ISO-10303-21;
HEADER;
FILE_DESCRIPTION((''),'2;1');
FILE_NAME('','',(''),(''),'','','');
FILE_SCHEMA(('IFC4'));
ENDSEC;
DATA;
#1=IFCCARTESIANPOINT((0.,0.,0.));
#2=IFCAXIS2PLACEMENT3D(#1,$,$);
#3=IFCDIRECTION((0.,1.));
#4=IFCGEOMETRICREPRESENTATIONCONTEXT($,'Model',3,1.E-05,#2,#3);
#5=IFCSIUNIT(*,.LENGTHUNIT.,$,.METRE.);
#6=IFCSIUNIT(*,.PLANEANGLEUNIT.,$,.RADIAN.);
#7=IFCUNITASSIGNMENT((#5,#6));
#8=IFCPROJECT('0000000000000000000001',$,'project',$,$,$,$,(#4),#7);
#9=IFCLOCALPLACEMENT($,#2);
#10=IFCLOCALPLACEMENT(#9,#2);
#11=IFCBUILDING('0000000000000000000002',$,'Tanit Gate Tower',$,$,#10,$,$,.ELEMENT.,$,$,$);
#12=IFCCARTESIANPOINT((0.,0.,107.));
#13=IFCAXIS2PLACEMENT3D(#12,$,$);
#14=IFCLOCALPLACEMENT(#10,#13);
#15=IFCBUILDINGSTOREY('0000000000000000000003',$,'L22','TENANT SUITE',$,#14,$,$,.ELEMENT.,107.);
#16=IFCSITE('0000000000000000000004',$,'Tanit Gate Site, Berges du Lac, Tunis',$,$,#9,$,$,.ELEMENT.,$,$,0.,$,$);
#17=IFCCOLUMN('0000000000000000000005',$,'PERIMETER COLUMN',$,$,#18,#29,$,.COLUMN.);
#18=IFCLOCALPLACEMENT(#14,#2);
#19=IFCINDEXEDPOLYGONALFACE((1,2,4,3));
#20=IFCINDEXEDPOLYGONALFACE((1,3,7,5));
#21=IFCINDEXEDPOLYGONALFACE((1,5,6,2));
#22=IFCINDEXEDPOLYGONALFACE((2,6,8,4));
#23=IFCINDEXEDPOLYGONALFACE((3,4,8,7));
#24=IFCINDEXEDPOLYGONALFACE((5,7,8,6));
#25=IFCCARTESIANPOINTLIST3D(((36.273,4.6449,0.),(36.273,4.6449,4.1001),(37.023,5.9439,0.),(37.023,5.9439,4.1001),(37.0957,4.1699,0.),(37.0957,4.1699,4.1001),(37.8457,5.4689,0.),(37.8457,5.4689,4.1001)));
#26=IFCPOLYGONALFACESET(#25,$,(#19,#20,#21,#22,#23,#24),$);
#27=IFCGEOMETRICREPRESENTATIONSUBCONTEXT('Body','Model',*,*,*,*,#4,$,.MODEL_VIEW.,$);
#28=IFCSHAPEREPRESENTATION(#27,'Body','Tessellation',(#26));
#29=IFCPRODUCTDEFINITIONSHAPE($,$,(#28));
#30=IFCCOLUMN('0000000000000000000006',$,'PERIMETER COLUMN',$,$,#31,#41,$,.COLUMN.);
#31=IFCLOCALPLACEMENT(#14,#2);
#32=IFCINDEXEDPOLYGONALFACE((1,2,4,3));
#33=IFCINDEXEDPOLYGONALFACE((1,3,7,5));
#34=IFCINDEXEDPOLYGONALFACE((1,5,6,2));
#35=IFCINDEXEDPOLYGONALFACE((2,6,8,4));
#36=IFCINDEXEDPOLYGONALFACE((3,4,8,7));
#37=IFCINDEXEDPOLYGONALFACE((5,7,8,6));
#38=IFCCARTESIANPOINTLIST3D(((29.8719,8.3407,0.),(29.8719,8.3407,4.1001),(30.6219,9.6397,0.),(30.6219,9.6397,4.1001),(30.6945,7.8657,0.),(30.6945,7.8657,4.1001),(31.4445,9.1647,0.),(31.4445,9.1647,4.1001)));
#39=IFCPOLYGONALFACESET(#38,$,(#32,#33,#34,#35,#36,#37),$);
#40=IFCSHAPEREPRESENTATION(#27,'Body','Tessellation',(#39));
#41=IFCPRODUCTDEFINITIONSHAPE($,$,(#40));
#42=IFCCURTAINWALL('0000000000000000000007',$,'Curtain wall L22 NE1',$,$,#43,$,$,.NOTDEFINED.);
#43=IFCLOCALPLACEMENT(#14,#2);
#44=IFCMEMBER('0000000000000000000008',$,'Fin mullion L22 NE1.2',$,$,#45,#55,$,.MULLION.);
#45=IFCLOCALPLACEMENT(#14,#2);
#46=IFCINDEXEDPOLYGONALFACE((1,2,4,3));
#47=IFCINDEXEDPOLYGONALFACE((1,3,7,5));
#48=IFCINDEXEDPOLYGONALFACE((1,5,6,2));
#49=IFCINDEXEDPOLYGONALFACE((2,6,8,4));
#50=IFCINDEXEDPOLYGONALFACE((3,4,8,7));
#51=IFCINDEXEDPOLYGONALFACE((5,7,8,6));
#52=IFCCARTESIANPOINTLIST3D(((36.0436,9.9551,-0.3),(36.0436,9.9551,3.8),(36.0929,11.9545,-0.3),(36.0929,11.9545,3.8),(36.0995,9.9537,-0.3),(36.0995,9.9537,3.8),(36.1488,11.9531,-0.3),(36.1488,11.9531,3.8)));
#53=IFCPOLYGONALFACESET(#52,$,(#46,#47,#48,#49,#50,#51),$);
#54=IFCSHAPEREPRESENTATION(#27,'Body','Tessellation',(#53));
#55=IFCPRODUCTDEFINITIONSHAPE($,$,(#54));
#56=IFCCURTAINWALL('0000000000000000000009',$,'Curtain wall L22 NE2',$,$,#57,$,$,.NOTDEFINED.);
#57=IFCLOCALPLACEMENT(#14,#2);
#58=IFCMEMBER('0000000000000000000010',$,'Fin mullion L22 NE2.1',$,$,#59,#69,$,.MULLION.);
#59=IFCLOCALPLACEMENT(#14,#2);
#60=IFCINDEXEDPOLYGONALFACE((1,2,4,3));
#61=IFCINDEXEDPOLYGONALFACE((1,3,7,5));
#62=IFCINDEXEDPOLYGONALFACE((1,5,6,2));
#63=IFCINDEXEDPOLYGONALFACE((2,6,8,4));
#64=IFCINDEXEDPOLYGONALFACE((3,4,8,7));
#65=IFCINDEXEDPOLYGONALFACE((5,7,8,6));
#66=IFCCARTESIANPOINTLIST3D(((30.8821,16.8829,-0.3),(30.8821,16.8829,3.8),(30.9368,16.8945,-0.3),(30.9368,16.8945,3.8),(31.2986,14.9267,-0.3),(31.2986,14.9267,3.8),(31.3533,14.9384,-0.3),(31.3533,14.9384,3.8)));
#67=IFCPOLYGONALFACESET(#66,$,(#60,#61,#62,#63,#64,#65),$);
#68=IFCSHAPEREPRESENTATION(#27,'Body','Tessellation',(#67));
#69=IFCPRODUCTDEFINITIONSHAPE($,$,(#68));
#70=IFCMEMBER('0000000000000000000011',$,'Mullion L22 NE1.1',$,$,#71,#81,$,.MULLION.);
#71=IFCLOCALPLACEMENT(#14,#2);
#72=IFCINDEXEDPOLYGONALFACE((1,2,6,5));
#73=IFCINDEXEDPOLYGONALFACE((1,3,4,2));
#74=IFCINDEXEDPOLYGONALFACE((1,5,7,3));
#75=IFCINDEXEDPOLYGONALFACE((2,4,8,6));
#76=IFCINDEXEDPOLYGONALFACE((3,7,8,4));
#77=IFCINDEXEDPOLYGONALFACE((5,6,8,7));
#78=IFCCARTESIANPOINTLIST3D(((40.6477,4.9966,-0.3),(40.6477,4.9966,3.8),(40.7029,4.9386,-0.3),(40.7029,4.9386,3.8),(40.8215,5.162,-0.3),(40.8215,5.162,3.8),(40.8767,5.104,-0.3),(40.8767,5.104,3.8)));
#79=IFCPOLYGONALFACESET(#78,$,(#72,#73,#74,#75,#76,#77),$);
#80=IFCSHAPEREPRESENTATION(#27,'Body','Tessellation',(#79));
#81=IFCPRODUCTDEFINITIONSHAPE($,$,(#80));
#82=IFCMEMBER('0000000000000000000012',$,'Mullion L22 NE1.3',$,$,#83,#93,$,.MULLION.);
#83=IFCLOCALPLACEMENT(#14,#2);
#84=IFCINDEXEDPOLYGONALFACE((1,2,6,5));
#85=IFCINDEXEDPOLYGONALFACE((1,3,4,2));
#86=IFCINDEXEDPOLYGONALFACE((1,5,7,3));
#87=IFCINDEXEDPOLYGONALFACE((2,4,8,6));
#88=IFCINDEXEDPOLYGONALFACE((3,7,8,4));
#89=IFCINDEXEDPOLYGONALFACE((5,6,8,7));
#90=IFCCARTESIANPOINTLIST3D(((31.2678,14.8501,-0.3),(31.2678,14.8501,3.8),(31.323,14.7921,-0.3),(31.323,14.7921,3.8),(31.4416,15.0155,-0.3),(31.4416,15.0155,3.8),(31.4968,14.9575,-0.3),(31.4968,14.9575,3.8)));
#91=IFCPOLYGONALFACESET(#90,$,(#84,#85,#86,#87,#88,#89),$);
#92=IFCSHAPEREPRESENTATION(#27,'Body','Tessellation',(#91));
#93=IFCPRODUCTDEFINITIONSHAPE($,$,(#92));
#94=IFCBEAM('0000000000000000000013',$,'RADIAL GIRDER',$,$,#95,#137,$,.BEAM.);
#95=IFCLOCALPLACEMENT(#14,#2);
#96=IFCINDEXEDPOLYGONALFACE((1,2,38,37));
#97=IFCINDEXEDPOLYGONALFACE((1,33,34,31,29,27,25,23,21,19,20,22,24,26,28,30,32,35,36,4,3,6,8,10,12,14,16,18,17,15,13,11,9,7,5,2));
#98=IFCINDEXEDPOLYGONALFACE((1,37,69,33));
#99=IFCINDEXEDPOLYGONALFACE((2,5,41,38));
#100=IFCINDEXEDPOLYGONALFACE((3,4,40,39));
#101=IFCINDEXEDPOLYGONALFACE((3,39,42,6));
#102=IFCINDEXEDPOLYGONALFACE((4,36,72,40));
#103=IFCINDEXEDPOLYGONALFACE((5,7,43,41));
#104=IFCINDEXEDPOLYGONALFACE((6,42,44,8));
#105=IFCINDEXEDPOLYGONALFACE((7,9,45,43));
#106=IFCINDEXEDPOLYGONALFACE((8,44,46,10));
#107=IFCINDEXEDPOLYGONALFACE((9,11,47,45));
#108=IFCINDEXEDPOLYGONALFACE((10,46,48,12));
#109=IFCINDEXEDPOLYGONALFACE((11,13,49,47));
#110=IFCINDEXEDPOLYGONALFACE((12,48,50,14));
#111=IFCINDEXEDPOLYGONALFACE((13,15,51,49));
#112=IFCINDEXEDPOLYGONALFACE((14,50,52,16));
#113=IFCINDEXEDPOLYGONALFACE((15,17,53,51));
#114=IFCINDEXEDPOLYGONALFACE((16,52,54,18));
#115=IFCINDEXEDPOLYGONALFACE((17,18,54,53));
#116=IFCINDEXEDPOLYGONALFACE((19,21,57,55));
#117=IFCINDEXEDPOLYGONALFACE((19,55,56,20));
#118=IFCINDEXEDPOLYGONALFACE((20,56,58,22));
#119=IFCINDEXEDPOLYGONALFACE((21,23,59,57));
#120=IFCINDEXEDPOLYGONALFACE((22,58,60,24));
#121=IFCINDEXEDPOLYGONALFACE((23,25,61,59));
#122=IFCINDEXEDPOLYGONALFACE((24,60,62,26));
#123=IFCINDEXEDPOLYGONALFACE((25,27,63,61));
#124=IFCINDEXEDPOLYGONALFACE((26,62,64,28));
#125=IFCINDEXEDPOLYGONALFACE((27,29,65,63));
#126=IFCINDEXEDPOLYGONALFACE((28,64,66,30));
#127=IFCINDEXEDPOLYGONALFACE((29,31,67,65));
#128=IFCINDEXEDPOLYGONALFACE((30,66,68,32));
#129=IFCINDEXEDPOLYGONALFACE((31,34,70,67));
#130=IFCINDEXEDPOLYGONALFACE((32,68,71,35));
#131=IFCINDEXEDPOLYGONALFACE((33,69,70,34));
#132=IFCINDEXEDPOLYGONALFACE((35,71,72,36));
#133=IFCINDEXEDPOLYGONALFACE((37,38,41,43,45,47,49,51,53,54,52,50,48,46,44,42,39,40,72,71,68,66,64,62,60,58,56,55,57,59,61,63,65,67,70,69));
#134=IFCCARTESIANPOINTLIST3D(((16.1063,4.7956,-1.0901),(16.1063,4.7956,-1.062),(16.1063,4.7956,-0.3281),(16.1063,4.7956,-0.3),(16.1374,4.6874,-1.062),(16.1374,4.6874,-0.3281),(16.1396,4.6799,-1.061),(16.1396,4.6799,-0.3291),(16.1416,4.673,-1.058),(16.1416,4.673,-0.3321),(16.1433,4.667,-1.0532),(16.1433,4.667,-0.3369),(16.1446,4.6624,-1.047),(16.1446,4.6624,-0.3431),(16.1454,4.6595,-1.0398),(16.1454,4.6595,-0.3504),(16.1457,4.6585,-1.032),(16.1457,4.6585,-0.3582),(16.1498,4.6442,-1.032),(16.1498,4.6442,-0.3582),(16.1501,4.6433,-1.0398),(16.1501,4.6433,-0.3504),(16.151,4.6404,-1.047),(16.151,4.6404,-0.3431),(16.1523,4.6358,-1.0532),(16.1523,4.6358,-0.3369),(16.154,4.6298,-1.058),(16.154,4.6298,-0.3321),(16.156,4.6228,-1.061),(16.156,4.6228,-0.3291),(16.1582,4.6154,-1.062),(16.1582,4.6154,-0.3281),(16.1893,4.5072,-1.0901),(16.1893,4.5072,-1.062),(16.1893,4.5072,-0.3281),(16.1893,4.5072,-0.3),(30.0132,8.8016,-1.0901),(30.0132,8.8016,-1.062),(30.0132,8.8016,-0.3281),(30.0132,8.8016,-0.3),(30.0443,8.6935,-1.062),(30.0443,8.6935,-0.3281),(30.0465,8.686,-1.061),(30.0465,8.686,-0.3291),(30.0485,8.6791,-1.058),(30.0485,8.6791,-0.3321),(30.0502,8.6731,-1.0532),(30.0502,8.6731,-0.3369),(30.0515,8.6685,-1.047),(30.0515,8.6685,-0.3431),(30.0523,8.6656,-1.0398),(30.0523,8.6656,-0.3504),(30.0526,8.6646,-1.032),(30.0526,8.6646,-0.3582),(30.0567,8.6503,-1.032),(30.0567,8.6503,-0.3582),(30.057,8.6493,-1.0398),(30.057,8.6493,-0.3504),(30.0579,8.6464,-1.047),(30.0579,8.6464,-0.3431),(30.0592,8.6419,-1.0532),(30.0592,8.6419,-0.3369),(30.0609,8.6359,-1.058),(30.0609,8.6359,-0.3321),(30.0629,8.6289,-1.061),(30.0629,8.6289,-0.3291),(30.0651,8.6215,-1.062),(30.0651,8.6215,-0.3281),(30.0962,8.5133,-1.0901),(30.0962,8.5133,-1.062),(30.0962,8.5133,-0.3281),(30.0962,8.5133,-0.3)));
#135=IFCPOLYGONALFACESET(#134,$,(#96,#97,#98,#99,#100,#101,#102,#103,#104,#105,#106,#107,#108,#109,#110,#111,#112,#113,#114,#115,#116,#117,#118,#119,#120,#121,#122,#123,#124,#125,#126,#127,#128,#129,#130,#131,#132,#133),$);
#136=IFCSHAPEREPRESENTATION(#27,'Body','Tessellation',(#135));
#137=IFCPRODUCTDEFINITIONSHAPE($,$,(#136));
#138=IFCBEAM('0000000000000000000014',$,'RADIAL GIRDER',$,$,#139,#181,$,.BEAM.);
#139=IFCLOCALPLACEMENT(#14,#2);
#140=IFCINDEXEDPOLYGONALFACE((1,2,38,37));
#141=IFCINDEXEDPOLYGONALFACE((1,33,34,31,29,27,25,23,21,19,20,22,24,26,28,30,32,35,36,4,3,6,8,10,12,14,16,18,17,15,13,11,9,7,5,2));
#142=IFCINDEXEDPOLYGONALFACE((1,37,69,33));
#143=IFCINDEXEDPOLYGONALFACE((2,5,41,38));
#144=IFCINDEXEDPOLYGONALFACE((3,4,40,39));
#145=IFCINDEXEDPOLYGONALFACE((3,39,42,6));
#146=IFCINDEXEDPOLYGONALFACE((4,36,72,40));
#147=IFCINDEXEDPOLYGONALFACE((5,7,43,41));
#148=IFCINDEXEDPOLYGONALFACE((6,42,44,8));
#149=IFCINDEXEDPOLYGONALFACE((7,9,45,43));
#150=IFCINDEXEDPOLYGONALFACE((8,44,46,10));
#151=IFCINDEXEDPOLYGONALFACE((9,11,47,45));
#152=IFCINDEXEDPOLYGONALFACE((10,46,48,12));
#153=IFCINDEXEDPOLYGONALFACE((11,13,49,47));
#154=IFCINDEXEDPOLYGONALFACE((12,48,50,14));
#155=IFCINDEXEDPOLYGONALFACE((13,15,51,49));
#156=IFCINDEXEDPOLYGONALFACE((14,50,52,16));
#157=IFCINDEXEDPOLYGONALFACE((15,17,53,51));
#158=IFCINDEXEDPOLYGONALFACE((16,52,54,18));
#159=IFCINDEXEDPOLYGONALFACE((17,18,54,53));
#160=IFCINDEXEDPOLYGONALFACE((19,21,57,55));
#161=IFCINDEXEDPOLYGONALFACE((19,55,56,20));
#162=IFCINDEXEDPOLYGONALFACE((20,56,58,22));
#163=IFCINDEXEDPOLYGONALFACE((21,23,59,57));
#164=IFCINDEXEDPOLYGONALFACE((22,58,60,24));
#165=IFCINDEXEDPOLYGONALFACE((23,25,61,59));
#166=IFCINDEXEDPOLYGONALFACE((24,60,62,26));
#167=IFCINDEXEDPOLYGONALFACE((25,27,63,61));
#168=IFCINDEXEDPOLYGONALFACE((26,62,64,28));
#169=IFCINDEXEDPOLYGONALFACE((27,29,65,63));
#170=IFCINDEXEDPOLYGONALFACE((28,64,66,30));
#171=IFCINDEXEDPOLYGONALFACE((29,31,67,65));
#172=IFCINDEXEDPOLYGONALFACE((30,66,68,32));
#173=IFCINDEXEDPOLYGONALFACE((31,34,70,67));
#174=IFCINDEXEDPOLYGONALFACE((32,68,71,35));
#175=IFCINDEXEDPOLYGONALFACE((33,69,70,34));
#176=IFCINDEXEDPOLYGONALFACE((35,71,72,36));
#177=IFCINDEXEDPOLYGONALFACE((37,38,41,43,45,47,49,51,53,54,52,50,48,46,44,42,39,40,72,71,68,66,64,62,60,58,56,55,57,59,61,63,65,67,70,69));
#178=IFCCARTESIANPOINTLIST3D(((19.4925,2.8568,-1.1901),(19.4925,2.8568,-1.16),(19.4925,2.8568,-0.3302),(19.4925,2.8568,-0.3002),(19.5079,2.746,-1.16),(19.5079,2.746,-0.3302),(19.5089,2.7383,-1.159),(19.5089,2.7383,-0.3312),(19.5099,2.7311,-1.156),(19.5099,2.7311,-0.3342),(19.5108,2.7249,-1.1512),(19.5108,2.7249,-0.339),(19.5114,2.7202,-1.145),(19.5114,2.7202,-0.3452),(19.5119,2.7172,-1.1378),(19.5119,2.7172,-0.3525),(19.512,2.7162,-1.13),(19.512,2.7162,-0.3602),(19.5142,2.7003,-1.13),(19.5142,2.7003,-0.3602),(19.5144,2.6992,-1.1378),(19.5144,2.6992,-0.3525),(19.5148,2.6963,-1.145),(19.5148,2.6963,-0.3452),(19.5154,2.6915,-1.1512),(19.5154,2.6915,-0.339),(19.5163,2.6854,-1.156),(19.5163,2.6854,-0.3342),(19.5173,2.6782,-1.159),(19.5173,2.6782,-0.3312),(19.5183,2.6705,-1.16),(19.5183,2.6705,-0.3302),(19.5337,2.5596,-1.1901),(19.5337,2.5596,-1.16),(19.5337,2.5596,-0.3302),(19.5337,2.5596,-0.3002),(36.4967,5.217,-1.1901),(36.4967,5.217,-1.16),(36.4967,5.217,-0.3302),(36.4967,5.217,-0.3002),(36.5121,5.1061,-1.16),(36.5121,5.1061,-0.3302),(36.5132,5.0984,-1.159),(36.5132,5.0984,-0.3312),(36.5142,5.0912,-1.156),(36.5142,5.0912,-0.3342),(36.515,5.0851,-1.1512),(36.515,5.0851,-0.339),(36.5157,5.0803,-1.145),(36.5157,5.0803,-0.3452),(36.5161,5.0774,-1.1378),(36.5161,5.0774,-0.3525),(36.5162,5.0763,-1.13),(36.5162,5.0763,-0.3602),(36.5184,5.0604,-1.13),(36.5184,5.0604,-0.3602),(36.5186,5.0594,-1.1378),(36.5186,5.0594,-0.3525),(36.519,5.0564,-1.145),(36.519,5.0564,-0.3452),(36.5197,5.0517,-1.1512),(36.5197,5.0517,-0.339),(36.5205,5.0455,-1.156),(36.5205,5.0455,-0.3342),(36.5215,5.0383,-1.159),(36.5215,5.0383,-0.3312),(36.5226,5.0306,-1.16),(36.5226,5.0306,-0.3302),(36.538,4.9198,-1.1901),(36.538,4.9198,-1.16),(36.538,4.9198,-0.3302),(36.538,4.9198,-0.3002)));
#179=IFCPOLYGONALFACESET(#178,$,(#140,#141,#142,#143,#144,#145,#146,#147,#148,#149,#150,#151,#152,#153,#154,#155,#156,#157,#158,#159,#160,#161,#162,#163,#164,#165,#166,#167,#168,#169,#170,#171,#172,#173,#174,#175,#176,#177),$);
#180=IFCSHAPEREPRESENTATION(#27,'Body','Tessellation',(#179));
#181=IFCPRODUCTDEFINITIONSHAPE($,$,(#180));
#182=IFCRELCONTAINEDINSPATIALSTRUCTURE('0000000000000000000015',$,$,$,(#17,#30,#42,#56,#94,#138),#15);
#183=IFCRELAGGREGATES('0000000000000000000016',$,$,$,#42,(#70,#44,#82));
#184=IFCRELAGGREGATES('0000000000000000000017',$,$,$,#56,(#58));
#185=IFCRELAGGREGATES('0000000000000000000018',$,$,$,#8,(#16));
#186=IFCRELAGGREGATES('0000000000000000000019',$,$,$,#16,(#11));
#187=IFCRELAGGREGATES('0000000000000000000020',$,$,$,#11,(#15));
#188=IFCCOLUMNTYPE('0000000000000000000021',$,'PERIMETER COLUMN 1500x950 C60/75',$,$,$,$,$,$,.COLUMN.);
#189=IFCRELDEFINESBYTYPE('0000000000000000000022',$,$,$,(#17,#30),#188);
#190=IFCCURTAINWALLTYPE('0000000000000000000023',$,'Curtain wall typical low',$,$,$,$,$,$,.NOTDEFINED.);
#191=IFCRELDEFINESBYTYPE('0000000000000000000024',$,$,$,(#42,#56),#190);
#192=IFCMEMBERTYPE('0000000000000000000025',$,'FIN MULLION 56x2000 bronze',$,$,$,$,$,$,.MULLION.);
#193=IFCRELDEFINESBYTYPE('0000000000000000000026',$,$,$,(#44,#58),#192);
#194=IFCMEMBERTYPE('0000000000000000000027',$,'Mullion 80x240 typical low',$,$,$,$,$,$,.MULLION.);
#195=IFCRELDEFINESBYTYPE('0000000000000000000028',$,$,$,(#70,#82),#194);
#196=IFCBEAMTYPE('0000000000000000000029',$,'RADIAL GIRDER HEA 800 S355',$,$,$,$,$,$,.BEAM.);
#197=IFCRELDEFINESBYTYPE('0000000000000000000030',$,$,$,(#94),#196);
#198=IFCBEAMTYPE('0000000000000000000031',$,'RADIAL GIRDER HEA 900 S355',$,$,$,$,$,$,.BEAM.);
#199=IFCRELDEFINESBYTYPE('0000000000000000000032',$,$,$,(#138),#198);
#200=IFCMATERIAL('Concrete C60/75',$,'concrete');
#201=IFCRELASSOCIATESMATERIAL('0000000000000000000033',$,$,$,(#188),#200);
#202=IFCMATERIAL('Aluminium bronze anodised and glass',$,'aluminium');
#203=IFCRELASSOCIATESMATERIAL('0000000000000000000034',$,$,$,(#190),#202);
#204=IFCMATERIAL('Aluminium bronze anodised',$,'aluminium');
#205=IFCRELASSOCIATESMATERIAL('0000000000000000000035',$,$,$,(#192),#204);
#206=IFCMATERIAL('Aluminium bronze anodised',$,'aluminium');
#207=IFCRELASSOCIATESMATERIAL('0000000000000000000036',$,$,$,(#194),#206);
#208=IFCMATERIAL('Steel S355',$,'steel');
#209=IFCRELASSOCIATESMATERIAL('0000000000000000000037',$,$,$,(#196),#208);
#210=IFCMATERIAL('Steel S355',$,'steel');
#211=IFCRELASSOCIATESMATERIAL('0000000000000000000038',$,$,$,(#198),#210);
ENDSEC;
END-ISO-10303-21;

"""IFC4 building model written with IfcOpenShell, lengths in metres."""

from ifc_helpers import new_model, si_unit, direction, frame, origin, origin_2d, place, context, subcontext, project, spatial, rectangle, i_section, extrude, material, material_profile, profile_set, type_object, element, aggregate, save


model = new_model("IFC4")

# Units and contexts
model_context = context("Model", 3, precision=1e-05, world=origin(), true_north=direction((0.0, 1.0)))
body_context = subcontext(model_context, "Body", "Model", "MODEL_VIEW")
ifc_project = project(units=[si_unit("LENGTHUNIT", "METRE"), si_unit("PLANEANGLEUNIT", "RADIAN")], contexts=[model_context])

# Site, building, storey
site_placement = place(None, origin())
site = spatial("IfcSite", under=ifc_project, at=site_placement, Name="Tanit Gate Site, Berges du Lac, Tunis", CompositionType="ELEMENT", RefElevation=0.0)
building_placement = place(site_placement, origin())
building = spatial("IfcBuilding", under=site, at=building_placement, Name="Tanit Gate Tower", CompositionType="ELEMENT")
storey_placement = place(building_placement, frame((0.0, 0.0, 107.0)))
storey = spatial("IfcBuildingStorey", under=building, at=storey_placement, Name="L22", Description="TENANT SUITE", CompositionType="ELEMENT", Elevation=107.0)

# Columns
ifc_material_1 = material(Name="Concrete C60/75", Category="concrete")
ifc_material_profile_1 = material_profile(ifc_material_1, rectangle(XDim=1.5, YDim=0.95, at=origin_2d()), Name="RC 1500x950")
ifc_profile_set_1 = profile_set([ifc_material_profile_1], Name="Concrete C60/75")
column_type = type_object("IfcColumnType", Name="PERIMETER COLUMN 1500x950 C60/75", PredefinedType="COLUMN", material=ifc_profile_set_1)
for number, where, z_axis, x_axis, name in (
    (1, (37.0593, 5.0569, 0.0), (0.0, 0.0, 1.0), (0.5, 0.866025, 0.0), "PERIMETER COLUMN"),
    (2, (30.6582, 8.7527, 0.0), (0.0, 0.0, 1.0), (0.5, 0.866025, 0.0), "PERIMETER COLUMN"),
):
    element("IfcColumn", number, at=place(storey_placement, frame(where, z_axis=z_axis, x_axis=x_axis)), inside=storey, type_object=column_type, Name=name, PredefinedType="COLUMN", context=body_context, shape_type="SweptSolid", body=[
        extrude(rectangle(XDim=1.5, YDim=0.95, at=origin_2d()), origin(), (0.0, 0.0, 1.0), 4.1001),
    ])

# Curtain walls, members
ifc_material_2 = material(Name="Aluminium bronze anodised and glass", Category="aluminium")
curtain_wall_type = type_object("IfcCurtainWallType", Name="Curtain wall typical low", PredefinedType="NOTDEFINED", material=ifc_material_2)
curtain_wall_1_placement = place(storey_placement, origin())
curtain_wall_1 = element("IfcCurtainWall", 3, at=curtain_wall_1_placement, inside=storey, type_object=curtain_wall_type, Name="Curtain wall L22 NE1", PredefinedType="NOTDEFINED")
ifc_material_3 = material(Name="Aluminium bronze anodised", Category="aluminium")
ifc_material_profile_2 = material_profile(ifc_material_3, rectangle(XDim=2.0, YDim=0.0559, at=origin_2d()), Name="56x2000 bronze fin mullion")
ifc_profile_set_2 = profile_set([ifc_material_profile_2], Name="Aluminium bronze anodised")
member_type_1 = type_object("IfcMemberType", Name="FIN MULLION 56x2000 bronze", PredefinedType="MULLION", material=ifc_profile_set_2)
member_1_placement = place(storey_placement, frame((36.0962, 10.9541, -0.3), z_axis=(0.0, 0.0, 1.0), x_axis=(-0.024623, -0.999697, 0.0)))
member_1 = element("IfcMember", 4, at=member_1_placement, type_object=member_type_1, Name="Fin mullion L22 NE1.2", PredefinedType="MULLION", context=body_context, shape_type="SweptSolid", body=[
    extrude(rectangle(XDim=2.0, YDim=0.0559, at=origin_2d()), origin(), (0.0, 0.0, 1.0), 4.1001),
])
curtain_wall_2_placement = place(storey_placement, origin())
curtain_wall_2 = element("IfcCurtainWall", 5, at=curtain_wall_2_placement, inside=storey, type_object=curtain_wall_type, Name="Curtain wall L22 NE2", PredefinedType="NOTDEFINED")
member_2_placement = place(storey_placement, frame((31.1177, 15.9106, -0.3), z_axis=(0.0, 0.0, 1.0), x_axis=(0.208238, -0.978078, 0.0)))
member_2 = element("IfcMember", 6, at=member_2_placement, type_object=member_type_1, Name="Fin mullion L22 NE2.1", PredefinedType="MULLION", context=body_context, shape_type="SweptSolid", body=[
    extrude(rectangle(XDim=2.0, YDim=0.0559, at=origin_2d()), origin(), (0.0, 0.0, 1.0), 4.1001),
])

# Members
ifc_material_4 = material(Name="Aluminium bronze anodised", Category="aluminium")
ifc_material_profile_3 = material_profile(ifc_material_4, rectangle(XDim=0.24, YDim=0.0801, at=origin_2d()), Name="80x240 bronze mullion")
ifc_profile_set_3 = profile_set([ifc_material_profile_3], Name="Aluminium bronze anodised")
member_type_2 = type_object("IfcMemberType", Name="Mullion 80x240 typical low", PredefinedType="MULLION", material=ifc_profile_set_3)
member_3_placement = place(storey_placement, frame((40.7622, 5.0503, -0.3), z_axis=(0.0, 0.0, 1.0), x_axis=(-0.724304, -0.689481, 0.0)))
member_3 = element("IfcMember", 7, at=member_3_placement, type_object=member_type_2, Name="Mullion L22 NE1.1", PredefinedType="MULLION", context=body_context, shape_type="SweptSolid", body=[
    extrude(rectangle(XDim=0.24, YDim=0.0801, at=origin_2d()), origin(), (0.0, 0.0, 1.0), 4.1001),
])
member_4_placement = place(storey_placement, frame((31.3823, 14.9038, -0.3), z_axis=(0.0, 0.0, 1.0), x_axis=(-0.724304, -0.689481, 0.0)))
member_4 = element("IfcMember", 8, at=member_4_placement, type_object=member_type_2, Name="Mullion L22 NE1.3", PredefinedType="MULLION", context=body_context, shape_type="SweptSolid", body=[
    extrude(rectangle(XDim=0.24, YDim=0.0801, at=origin_2d()), origin(), (0.0, 0.0, 1.0), 4.1001),
])

# Beams
ifc_material_5 = material(Name="Steel S355", Category="steel")
ifc_material_profile_4 = material_profile(ifc_material_5, i_section(OverallWidth=0.3, OverallDepth=0.79, WebThickness=0.0149, FlangeThickness=0.0281, FilletRadius=0.03, at=origin_2d()), Name="HEA 800")
ifc_profile_set_4 = profile_set([ifc_material_profile_4], Name="Steel S355")
beam_type_1 = type_object("IfcBeamType", Name="RADIAL GIRDER HEA 800 S355", PredefinedType="BEAM", material=ifc_profile_set_4)
beam_1_placement = place(storey_placement, frame((30.0547, 8.6575, -0.6951), z_axis=(-0.960925, -0.276808, 0.0), x_axis=(0.276808, -0.960925, 0.0)))
element("IfcBeam", 9, at=beam_1_placement, inside=storey, type_object=beam_type_1, Name="RADIAL GIRDER", PredefinedType="BEAM", context=body_context, shape_type="SweptSolid", body=[
    extrude(i_section(OverallWidth=0.3, OverallDepth=0.79, WebThickness=0.0149, FlangeThickness=0.0281, FilletRadius=0.03, at=origin_2d()), origin(), (0.0, 0.0, 1.0), 14.4724),
])
ifc_material_6 = material(Name="Steel S355", Category="steel")
ifc_material_profile_5 = material_profile(ifc_material_6, i_section(OverallWidth=0.3, OverallDepth=0.8899, WebThickness=0.0161, FlangeThickness=0.03, FilletRadius=0.03, at=origin_2d()), Name="HEA 900")
ifc_profile_set_5 = profile_set([ifc_material_profile_5], Name="Steel S355")
beam_type_2 = type_object("IfcBeamType", Name="RADIAL GIRDER HEA 900 S355", PredefinedType="BEAM", material=ifc_profile_set_5)
beam_2_placement = place(storey_placement, frame((36.5173, 5.0684, -0.7451), z_axis=(-0.990505, -0.137478, 0.0), x_axis=(0.137478, -0.990505, 0.0)))
element("IfcBeam", 10, at=beam_2_placement, inside=storey, type_object=beam_type_2, Name="RADIAL GIRDER", PredefinedType="BEAM", context=body_context, shape_type="SweptSolid", body=[
    extrude(i_section(OverallWidth=0.3, OverallDepth=0.8899, WebThickness=0.0161, FlangeThickness=0.03, FilletRadius=0.03, at=origin_2d()), origin(), (0.0, 0.0, 1.0), 17.1672),
])

aggregate(curtain_wall_1, [member_3, member_1, member_4])
aggregate(curtain_wall_2, [member_2])

save(model, "model.ifc")
